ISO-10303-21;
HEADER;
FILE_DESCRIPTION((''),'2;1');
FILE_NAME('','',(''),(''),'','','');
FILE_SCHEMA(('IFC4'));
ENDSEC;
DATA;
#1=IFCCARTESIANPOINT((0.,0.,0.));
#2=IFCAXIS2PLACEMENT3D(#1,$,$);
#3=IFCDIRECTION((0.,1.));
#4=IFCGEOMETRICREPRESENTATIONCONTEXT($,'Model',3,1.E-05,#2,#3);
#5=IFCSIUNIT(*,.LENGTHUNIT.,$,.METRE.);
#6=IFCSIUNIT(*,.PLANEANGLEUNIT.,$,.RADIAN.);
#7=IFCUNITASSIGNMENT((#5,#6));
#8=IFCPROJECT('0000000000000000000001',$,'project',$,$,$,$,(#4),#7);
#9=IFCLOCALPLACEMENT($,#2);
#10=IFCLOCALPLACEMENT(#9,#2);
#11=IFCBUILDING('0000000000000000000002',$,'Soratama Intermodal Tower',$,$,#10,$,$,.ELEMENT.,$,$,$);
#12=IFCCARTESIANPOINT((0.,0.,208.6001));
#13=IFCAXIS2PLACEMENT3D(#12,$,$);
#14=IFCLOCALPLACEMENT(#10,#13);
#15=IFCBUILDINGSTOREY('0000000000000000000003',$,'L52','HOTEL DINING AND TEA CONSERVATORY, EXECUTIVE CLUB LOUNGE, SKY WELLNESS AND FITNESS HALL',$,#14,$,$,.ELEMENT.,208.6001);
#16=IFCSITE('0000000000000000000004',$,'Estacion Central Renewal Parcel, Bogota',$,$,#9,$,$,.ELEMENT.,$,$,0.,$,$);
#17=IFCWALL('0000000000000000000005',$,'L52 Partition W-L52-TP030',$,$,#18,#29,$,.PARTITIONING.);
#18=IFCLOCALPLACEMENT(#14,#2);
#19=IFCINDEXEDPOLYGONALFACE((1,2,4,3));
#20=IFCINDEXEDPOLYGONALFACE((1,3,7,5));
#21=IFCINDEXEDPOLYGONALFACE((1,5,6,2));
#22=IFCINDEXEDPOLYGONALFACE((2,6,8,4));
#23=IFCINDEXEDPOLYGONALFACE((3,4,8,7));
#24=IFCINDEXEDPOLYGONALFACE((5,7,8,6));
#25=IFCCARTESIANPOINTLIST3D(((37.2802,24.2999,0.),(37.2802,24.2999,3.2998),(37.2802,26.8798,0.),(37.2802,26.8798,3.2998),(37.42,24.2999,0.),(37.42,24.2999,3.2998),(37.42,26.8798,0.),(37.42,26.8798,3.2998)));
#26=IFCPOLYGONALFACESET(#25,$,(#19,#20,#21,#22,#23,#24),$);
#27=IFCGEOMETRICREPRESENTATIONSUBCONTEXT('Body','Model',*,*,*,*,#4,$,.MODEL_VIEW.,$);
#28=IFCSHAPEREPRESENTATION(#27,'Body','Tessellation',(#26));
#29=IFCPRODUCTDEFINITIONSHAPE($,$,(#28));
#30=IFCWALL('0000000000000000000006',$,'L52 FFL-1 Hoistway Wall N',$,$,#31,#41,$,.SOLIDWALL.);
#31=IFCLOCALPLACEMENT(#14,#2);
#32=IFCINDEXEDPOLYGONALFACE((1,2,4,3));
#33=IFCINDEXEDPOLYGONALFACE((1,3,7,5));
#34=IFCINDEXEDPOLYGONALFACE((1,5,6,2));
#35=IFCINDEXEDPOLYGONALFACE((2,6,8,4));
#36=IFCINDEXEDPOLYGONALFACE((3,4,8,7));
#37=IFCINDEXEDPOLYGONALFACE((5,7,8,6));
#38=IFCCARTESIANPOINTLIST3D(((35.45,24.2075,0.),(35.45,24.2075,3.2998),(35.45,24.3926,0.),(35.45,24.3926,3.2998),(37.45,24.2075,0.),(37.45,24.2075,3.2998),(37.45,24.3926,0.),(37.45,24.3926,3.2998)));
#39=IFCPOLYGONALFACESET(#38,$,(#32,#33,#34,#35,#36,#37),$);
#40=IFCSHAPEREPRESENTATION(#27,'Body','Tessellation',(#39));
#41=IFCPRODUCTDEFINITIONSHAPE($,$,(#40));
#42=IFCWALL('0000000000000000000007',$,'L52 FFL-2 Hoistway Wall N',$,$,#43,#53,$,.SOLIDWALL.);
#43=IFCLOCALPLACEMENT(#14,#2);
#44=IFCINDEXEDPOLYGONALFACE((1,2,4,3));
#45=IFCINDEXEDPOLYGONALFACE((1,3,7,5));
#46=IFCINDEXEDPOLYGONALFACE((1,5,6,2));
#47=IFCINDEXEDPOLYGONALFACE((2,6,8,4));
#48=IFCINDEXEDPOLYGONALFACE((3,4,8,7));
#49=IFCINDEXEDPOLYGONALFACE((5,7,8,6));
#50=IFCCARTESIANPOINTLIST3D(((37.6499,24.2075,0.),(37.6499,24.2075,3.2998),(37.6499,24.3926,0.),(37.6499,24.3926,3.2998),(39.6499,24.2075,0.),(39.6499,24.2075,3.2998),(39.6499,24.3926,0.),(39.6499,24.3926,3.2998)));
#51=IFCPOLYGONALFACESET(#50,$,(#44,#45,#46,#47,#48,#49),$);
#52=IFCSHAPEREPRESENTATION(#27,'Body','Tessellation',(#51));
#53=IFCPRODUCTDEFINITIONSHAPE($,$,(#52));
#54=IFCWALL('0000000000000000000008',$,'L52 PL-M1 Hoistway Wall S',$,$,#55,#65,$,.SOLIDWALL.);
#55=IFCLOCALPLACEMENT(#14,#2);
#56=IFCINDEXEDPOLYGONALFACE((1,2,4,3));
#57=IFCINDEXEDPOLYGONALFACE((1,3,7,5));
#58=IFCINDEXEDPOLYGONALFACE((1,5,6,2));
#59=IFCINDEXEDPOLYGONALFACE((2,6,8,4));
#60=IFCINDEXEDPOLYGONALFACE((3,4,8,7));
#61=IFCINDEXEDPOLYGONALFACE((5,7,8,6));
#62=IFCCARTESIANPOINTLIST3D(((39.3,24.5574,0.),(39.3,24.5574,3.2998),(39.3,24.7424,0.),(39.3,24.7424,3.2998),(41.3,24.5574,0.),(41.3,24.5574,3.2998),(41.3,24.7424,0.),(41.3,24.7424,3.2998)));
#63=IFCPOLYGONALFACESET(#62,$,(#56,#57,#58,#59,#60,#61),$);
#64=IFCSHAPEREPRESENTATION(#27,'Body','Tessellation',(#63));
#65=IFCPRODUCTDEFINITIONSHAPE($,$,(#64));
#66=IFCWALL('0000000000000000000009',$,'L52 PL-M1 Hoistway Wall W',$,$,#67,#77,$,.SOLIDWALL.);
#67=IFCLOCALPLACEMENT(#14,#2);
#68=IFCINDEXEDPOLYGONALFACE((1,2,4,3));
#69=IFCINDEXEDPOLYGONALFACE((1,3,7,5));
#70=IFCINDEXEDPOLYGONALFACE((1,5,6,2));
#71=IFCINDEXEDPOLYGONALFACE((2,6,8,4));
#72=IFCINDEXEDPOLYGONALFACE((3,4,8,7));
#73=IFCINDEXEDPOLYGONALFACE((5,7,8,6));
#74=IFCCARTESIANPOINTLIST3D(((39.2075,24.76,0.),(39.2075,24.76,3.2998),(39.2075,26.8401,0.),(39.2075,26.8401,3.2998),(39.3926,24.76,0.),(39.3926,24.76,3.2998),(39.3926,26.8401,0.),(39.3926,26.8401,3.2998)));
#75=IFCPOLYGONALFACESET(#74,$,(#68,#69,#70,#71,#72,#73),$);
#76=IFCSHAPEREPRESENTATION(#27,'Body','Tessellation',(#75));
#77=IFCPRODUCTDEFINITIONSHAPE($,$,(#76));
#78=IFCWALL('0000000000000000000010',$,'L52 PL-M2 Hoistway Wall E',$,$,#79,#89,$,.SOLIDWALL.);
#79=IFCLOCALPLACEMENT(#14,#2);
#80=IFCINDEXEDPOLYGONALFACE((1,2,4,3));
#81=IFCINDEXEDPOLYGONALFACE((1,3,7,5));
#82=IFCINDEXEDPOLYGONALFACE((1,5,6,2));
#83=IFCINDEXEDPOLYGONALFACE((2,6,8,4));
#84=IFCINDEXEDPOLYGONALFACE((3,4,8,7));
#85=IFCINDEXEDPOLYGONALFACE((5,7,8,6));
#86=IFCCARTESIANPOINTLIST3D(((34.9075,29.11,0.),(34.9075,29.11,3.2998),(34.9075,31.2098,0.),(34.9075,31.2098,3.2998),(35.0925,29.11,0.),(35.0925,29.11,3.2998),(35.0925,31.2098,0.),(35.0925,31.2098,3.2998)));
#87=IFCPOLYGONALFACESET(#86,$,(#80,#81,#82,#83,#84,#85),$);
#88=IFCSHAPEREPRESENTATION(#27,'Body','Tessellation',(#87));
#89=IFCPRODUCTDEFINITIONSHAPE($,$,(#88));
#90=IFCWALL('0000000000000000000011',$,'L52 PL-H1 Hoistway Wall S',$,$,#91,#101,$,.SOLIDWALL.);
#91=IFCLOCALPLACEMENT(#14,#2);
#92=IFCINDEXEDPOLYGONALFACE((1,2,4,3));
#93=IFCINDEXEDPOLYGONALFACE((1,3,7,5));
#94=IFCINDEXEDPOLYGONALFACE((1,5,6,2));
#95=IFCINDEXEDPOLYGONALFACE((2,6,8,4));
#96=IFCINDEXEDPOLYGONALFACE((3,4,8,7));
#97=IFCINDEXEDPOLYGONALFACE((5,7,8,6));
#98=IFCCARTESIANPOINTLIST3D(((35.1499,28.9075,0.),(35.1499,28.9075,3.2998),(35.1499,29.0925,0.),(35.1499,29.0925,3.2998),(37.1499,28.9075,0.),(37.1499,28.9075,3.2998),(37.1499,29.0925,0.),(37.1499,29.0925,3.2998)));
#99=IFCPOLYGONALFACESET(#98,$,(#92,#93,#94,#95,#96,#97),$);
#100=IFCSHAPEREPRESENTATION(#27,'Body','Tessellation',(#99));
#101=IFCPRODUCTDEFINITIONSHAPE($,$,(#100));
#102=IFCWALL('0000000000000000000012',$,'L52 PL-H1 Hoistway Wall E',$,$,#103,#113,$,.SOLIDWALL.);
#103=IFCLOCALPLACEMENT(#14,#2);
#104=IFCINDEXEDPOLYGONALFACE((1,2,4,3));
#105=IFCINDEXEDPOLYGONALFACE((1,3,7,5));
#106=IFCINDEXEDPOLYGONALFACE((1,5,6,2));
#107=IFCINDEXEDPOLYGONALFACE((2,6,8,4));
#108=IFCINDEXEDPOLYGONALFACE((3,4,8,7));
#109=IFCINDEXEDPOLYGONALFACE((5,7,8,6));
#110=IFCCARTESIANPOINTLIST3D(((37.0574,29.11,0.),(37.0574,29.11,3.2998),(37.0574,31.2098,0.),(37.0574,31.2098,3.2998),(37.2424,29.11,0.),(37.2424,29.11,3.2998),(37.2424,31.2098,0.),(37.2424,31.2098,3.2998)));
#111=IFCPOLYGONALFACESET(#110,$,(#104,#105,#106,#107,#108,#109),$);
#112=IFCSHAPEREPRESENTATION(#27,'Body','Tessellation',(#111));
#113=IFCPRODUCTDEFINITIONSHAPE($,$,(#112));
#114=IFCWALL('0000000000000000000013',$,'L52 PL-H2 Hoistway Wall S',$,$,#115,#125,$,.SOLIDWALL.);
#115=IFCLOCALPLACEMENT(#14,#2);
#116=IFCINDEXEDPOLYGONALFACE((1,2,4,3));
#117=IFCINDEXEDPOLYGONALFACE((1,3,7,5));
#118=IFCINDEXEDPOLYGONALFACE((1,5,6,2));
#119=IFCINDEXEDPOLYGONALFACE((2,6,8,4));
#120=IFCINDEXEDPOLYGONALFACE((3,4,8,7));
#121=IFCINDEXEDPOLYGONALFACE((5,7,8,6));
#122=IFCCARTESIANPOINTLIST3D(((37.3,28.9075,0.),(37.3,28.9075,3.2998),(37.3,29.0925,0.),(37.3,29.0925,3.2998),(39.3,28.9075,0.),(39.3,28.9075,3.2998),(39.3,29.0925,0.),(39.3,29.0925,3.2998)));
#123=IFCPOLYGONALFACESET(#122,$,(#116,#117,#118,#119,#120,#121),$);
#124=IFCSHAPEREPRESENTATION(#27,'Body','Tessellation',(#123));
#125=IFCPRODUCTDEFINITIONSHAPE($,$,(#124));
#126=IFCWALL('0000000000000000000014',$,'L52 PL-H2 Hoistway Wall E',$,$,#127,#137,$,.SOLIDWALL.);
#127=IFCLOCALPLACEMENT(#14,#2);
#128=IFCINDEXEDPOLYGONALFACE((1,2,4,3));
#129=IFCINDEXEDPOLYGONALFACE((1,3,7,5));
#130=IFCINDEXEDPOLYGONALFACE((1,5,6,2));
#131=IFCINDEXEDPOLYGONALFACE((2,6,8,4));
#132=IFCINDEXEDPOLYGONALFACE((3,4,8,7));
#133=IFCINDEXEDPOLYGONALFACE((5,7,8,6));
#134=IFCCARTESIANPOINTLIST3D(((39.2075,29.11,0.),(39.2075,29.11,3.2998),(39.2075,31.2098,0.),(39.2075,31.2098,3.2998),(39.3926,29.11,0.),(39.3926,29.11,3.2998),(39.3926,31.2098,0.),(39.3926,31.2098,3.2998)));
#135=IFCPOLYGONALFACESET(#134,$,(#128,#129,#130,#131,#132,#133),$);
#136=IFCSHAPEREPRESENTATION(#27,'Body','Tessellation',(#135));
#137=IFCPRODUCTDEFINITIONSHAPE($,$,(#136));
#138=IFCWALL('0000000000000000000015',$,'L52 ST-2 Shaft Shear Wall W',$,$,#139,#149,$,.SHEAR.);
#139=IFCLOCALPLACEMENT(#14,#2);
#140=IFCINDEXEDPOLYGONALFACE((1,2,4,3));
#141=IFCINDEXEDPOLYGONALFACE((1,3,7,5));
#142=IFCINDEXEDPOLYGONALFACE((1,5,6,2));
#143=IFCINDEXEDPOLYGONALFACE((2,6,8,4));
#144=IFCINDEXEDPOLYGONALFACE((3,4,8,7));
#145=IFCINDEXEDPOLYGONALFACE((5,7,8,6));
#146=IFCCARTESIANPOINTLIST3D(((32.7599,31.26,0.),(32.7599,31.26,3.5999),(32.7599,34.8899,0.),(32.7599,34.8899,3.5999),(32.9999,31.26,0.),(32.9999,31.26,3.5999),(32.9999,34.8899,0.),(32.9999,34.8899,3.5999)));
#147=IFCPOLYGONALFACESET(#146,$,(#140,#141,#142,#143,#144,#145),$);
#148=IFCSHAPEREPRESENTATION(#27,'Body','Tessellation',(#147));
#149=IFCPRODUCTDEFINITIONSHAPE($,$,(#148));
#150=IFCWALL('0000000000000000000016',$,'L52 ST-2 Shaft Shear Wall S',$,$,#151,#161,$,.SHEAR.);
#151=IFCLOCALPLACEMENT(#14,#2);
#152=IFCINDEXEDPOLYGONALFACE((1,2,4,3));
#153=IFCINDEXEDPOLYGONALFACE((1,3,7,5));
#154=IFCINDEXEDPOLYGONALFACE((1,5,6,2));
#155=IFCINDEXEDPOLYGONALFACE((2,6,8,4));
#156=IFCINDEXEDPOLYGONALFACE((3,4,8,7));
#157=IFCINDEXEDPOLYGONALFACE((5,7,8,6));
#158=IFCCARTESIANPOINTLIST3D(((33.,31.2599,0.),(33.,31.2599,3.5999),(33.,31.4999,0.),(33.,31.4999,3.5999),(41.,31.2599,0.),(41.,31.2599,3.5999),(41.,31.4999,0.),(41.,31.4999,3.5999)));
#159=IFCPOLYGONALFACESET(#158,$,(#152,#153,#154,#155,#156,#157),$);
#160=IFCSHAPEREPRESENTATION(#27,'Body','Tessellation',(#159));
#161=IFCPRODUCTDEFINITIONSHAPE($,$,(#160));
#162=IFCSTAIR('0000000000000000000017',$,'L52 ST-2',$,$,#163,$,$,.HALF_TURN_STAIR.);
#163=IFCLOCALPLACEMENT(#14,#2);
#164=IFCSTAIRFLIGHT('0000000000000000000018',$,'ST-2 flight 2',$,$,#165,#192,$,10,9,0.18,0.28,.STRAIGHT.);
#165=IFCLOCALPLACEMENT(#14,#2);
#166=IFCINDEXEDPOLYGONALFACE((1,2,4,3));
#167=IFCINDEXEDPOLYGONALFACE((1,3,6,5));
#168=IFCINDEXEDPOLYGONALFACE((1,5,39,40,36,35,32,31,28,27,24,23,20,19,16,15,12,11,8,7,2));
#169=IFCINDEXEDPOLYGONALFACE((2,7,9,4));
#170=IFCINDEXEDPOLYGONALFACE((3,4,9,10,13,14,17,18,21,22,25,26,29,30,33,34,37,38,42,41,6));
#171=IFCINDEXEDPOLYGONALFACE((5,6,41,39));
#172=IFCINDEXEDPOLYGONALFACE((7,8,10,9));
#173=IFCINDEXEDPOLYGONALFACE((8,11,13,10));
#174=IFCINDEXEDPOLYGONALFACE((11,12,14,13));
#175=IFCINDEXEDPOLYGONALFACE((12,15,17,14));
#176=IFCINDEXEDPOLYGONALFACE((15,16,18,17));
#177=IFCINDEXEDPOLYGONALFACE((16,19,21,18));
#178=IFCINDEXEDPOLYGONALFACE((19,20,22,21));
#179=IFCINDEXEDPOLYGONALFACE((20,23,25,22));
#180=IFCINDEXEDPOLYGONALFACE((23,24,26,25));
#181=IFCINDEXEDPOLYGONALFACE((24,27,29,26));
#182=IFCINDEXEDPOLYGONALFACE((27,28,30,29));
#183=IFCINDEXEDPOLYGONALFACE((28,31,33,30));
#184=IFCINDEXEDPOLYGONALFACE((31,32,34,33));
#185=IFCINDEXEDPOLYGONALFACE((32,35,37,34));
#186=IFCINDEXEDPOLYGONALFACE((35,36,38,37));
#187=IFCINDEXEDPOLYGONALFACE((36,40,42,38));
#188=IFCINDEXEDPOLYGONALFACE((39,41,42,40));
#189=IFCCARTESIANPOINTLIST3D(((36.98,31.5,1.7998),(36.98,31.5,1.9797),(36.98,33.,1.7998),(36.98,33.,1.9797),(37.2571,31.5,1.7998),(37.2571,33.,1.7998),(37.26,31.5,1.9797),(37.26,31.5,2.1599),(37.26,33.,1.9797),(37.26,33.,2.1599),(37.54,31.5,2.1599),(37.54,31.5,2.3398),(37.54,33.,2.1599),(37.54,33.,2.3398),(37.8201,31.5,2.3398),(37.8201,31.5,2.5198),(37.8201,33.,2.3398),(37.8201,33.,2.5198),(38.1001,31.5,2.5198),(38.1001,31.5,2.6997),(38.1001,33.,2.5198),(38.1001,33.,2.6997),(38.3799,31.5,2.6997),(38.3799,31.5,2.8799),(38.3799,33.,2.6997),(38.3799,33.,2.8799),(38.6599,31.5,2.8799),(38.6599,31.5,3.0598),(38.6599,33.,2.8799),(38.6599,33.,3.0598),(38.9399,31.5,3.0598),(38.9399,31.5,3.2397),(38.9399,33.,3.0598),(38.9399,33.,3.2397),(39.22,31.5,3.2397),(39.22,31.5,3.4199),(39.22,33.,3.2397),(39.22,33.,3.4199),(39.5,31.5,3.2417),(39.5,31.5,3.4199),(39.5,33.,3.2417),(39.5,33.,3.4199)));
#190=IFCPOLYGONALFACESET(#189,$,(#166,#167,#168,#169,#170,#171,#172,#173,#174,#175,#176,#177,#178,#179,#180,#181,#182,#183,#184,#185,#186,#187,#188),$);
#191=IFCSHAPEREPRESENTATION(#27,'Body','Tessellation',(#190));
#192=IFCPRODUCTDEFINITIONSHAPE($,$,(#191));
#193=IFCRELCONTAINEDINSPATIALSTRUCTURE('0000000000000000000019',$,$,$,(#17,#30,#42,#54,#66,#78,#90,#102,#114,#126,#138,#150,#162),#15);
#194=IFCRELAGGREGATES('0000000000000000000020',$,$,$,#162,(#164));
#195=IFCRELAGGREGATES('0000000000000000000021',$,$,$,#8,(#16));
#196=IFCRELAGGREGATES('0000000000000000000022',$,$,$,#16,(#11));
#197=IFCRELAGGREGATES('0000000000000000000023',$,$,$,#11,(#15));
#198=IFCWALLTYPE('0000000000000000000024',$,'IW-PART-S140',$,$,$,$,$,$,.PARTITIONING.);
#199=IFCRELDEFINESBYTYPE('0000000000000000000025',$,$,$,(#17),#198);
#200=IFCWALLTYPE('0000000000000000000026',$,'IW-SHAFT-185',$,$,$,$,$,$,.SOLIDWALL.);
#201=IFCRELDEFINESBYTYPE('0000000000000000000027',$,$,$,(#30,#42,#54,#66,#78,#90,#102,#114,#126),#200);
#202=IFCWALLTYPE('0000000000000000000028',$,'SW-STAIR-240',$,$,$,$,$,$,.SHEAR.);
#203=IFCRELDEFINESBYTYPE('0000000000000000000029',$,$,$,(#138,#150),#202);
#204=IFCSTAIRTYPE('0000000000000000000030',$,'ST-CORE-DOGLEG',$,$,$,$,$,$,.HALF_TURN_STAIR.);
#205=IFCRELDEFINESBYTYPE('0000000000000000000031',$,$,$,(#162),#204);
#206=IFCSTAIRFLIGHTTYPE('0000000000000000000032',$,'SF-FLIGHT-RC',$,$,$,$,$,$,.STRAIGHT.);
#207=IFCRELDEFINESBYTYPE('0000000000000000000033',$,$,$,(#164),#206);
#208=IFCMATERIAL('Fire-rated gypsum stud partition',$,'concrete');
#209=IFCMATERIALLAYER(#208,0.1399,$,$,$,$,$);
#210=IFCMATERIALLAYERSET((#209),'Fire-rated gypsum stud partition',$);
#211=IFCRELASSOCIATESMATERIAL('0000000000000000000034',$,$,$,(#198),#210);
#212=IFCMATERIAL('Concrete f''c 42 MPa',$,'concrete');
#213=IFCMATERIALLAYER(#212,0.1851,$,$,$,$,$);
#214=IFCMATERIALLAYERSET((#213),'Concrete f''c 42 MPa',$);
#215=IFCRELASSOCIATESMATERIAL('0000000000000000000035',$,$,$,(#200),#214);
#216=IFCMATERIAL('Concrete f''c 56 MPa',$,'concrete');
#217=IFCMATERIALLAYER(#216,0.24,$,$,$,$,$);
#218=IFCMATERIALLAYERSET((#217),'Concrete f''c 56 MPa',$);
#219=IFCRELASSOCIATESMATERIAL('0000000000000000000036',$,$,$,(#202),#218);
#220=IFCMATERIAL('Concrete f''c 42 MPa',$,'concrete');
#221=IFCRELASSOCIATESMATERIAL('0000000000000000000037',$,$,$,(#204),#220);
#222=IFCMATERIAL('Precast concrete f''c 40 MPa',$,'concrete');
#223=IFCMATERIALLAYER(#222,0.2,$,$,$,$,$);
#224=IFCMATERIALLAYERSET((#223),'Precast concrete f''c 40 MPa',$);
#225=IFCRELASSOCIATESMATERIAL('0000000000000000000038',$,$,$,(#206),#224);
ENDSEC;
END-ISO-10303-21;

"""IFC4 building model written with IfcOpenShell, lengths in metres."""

from ifc_helpers import new_model, si_unit, direction, frame, frame_2d, origin, place, context, subcontext, project, spatial, polyline, rectangle, outline, extrude, material, layer, layer_set, type_object, element, aggregate, save


model = new_model("IFC4")

# Units and contexts
model_context = context("Model", 3, precision=1e-05, world=origin(), true_north=direction((0.0, 1.0)))
body_context = subcontext(model_context, "Body", "Model", "MODEL_VIEW")
ifc_project = project(units=[si_unit("LENGTHUNIT", "METRE"), si_unit("PLANEANGLEUNIT", "RADIAN")], contexts=[model_context])

# Site, building, storey
site_placement = place(None, origin())
site = spatial("IfcSite", under=ifc_project, at=site_placement, Name="Estacion Central Renewal Parcel, Bogota", CompositionType="ELEMENT", RefElevation=0.0)
building_placement = place(site_placement, origin())
building = spatial("IfcBuilding", under=site, at=building_placement, Name="Soratama Intermodal Tower", CompositionType="ELEMENT")
storey_placement = place(building_placement, frame((0.0, 0.0, 208.6001)))
storey = spatial("IfcBuildingStorey", under=building, at=storey_placement, Name="L52", Description="HOTEL DINING AND TEA CONSERVATORY, EXECUTIVE CLUB LOUNGE, SKY WELLNESS AND FITNESS HALL", CompositionType="ELEMENT", Elevation=208.6001)

# Walls
ifc_material_1 = material(Name="Fire-rated gypsum stud partition", Category="concrete")
ifc_layer_1 = layer(ifc_material_1, 0.1399)
ifc_layer_set_1 = layer_set([ifc_layer_1], Name="Fire-rated gypsum stud partition")
wall_type_1 = type_object("IfcWallType", Name="IW-PART-S140", PredefinedType="PARTITIONING", material=ifc_layer_set_1)
wall_1_placement = place(storey_placement, frame((37.3501, 26.8799, 0.0), z_axis=(0.0, 0.0, 1.0), x_axis=(0.0, -1.0, 0.0)))
element("IfcWall", 1, at=wall_1_placement, inside=storey, type_object=wall_type_1, Name="L52 Partition W-L52-TP030", PredefinedType="PARTITIONING", context=body_context, shape_type="SweptSolid", body=[
    extrude(rectangle(XDim=2.5798, YDim=0.1399, at=frame_2d((1.29, 0.0))), origin(), (0.0, 0.0, 1.0), 3.2998),
])
ifc_material_2 = material(Name="Concrete f'c 42 MPa", Category="concrete")
ifc_layer_2 = layer(ifc_material_2, 0.1851)
ifc_layer_set_2 = layer_set([ifc_layer_2], Name="Concrete f'c 42 MPa")
wall_type_2 = type_object("IfcWallType", Name="IW-SHAFT-185", PredefinedType="SOLIDWALL", material=ifc_layer_set_2)
for number, where, z_axis, x_axis, name in (
    (2, (35.45, 24.3, 0.0), (0.0, 0.0, 1.0), (1.0, 0.0, 0.0), "L52 FFL-1 Hoistway Wall N"),
    (3, (37.6499, 24.3, 0.0), (0.0, 0.0, 1.0), (1.0, 0.0, 0.0), "L52 FFL-2 Hoistway Wall N"),
    (4, (39.3, 24.6499, 0.0), (0.0, 0.0, 1.0), (1.0, 0.0, 0.0), "L52 PL-M1 Hoistway Wall S"),
):
    element("IfcWall", number, at=place(storey_placement, frame(where, z_axis=z_axis, x_axis=x_axis)), inside=storey, type_object=wall_type_2, Name=name, PredefinedType="SOLIDWALL", context=body_context, shape_type="SweptSolid", body=[
        extrude(rectangle(XDim=2.0, YDim=0.1851, at=frame_2d((1.0, 0.0))), origin(), (0.0, 0.0, 1.0), 3.2998),
    ])

# Walls
wall_2_placement = place(storey_placement, frame((39.3, 24.76, 0.0), z_axis=(0.0, 0.0, 1.0), x_axis=(0.0, 1.0, 0.0)))
element("IfcWall", 5, at=wall_2_placement, inside=storey, type_object=wall_type_2, Name="L52 PL-M1 Hoistway Wall W", PredefinedType="SOLIDWALL", context=body_context, shape_type="SweptSolid", body=[
    extrude(rectangle(XDim=2.0801, YDim=0.1851, at=frame_2d((1.04, 0.0))), origin(), (0.0, 0.0, 1.0), 3.2998),
])
wall_3_placement = place(storey_placement, frame((35.0, 29.1101, 0.0), z_axis=(0.0, 0.0, 1.0), x_axis=(0.0, 1.0, 0.0)))
element("IfcWall", 6, at=wall_3_placement, inside=storey, type_object=wall_type_2, Name="L52 PL-M2 Hoistway Wall E", PredefinedType="SOLIDWALL", context=body_context, shape_type="SweptSolid", body=[
    extrude(rectangle(XDim=2.0999, YDim=0.1851, at=frame_2d((1.0498, 0.0))), origin(), (0.0, 0.0, 1.0), 3.2998),
])
wall_4_placement = place(storey_placement, frame((35.1499, 29.0, 0.0), z_axis=(0.0, 0.0, 1.0), x_axis=(1.0, 0.0, 0.0)))
element("IfcWall", 7, at=wall_4_placement, inside=storey, type_object=wall_type_2, Name="L52 PL-H1 Hoistway Wall S", PredefinedType="SOLIDWALL", context=body_context, shape_type="SweptSolid", body=[
    extrude(rectangle(XDim=2.0, YDim=0.1851, at=frame_2d((1.0, 0.0))), origin(), (0.0, 0.0, 1.0), 3.2998),
])
wall_5_placement = place(storey_placement, frame((37.1499, 29.1101, 0.0), z_axis=(0.0, 0.0, 1.0), x_axis=(0.0, 1.0, 0.0)))
element("IfcWall", 8, at=wall_5_placement, inside=storey, type_object=wall_type_2, Name="L52 PL-H1 Hoistway Wall E", PredefinedType="SOLIDWALL", context=body_context, shape_type="SweptSolid", body=[
    extrude(rectangle(XDim=2.0999, YDim=0.1851, at=frame_2d((1.0498, 0.0))), origin(), (0.0, 0.0, 1.0), 3.2998),
])
wall_6_placement = place(storey_placement, frame((37.3, 29.0, 0.0), z_axis=(0.0, 0.0, 1.0), x_axis=(1.0, 0.0, 0.0)))
element("IfcWall", 9, at=wall_6_placement, inside=storey, type_object=wall_type_2, Name="L52 PL-H2 Hoistway Wall S", PredefinedType="SOLIDWALL", context=body_context, shape_type="SweptSolid", body=[
    extrude(rectangle(XDim=2.0, YDim=0.1851, at=frame_2d((1.0, 0.0))), origin(), (0.0, 0.0, 1.0), 3.2998),
])
wall_7_placement = place(storey_placement, frame((39.3, 29.1101, 0.0), z_axis=(0.0, 0.0, 1.0), x_axis=(0.0, 1.0, 0.0)))
element("IfcWall", 10, at=wall_7_placement, inside=storey, type_object=wall_type_2, Name="L52 PL-H2 Hoistway Wall E", PredefinedType="SOLIDWALL", context=body_context, shape_type="SweptSolid", body=[
    extrude(rectangle(XDim=2.0999, YDim=0.1851, at=frame_2d((1.0498, 0.0))), origin(), (0.0, 0.0, 1.0), 3.2998),
])
ifc_material_3 = material(Name="Concrete f'c 56 MPa", Category="concrete")
ifc_layer_3 = layer(ifc_material_3, 0.24)
ifc_layer_set_3 = layer_set([ifc_layer_3], Name="Concrete f'c 56 MPa")
wall_type_3 = type_object("IfcWallType", Name="SW-STAIR-240", PredefinedType="SHEAR", material=ifc_layer_set_3)
wall_8_placement = place(storey_placement, frame((32.8799, 31.26, 0.0), z_axis=(0.0, 0.0, 1.0), x_axis=(0.0, 1.0, 0.0)))
element("IfcWall", 11, at=wall_8_placement, inside=storey, type_object=wall_type_3, Name="L52 ST-2 Shaft Shear Wall W", PredefinedType="SHEAR", context=body_context, shape_type="SweptSolid", body=[
    extrude(rectangle(XDim=3.6299, YDim=0.24, at=frame_2d((1.8149, 0.0))), origin(), (0.0, 0.0, 1.0), 3.5999),
])
wall_9_placement = place(storey_placement, frame((33.0, 31.3799, 0.0), z_axis=(0.0, 0.0, 1.0), x_axis=(1.0, 0.0, 0.0)))
element("IfcWall", 12, at=wall_9_placement, inside=storey, type_object=wall_type_3, Name="L52 ST-2 Shaft Shear Wall S", PredefinedType="SHEAR", context=body_context, shape_type="SweptSolid", body=[
    extrude(rectangle(XDim=8.0, YDim=0.24, at=frame_2d((4.0, 0.0))), origin(), (0.0, 0.0, 1.0), 3.5999),
])

# Stair, stair flight
ifc_material_4 = material(Name="Concrete f'c 42 MPa", Category="concrete")
stair_type = type_object("IfcStairType", Name="ST-CORE-DOGLEG", PredefinedType="HALF_TURN_STAIR", material=ifc_material_4)
stair_placement = place(storey_placement, origin())
stair = element("IfcStair", 13, at=stair_placement, inside=storey, type_object=stair_type, Name="L52 ST-2", PredefinedType="HALF_TURN_STAIR")
ifc_material_5 = material(Name="Precast concrete f'c 40 MPa", Category="concrete")
ifc_layer_4 = layer(ifc_material_5, 0.2)
ifc_layer_set_4 = layer_set([ifc_layer_4], Name="Precast concrete f'c 40 MPa")
stair_flight_type = type_object("IfcStairFlightType", Name="SF-FLIGHT-RC", PredefinedType="STRAIGHT", material=ifc_layer_set_4)
stair_flight_placement = place(storey_placement, frame((36.98, 32.25, 1.7998), z_axis=(0.0, 0.0, 1.0), x_axis=(1.0, 0.0, 0.0)))
stair_flight = element("IfcStairFlight", 14, at=stair_flight_placement, type_object=stair_flight_type, Name="ST-2 flight 2", NumberOfRisers=10, NumberOfTreads=9, PredefinedType="STRAIGHT", RiserHeight=0.18, TreadLength=0.28, context=body_context, shape_type="SweptSolid", body=[
    extrude(outline(polyline([(0.0, 0.0), (0.0, 0.1799), (0.28, 0.1799), (0.28, 0.3601), (0.5601, 0.3601), (0.5601, 0.54), (0.8401, 0.54), (0.8401, 0.72), (1.1201, 0.72), (1.1201, 0.8999), (1.3999, 0.8999), (1.3999, 1.0801), (1.6799, 1.0801), (1.6799, 1.26), (1.96, 1.26), (1.96, 1.4399), (2.24, 1.4399), (2.24, 1.6201), (2.52, 1.6201), (2.52, 1.8), (2.52, 1.4419), (0.2771, 0.0), (0.0, 0.0)])), frame((0.0, 0.75, 0.0), z_axis=(0.0, -1.0, 0.0), x_axis=(1.0, 0.0, 0.0)), (0.0, 0.0, 1.0), 1.5),
])
aggregate(stair, [stair_flight])

save(model, "model.ifc")
